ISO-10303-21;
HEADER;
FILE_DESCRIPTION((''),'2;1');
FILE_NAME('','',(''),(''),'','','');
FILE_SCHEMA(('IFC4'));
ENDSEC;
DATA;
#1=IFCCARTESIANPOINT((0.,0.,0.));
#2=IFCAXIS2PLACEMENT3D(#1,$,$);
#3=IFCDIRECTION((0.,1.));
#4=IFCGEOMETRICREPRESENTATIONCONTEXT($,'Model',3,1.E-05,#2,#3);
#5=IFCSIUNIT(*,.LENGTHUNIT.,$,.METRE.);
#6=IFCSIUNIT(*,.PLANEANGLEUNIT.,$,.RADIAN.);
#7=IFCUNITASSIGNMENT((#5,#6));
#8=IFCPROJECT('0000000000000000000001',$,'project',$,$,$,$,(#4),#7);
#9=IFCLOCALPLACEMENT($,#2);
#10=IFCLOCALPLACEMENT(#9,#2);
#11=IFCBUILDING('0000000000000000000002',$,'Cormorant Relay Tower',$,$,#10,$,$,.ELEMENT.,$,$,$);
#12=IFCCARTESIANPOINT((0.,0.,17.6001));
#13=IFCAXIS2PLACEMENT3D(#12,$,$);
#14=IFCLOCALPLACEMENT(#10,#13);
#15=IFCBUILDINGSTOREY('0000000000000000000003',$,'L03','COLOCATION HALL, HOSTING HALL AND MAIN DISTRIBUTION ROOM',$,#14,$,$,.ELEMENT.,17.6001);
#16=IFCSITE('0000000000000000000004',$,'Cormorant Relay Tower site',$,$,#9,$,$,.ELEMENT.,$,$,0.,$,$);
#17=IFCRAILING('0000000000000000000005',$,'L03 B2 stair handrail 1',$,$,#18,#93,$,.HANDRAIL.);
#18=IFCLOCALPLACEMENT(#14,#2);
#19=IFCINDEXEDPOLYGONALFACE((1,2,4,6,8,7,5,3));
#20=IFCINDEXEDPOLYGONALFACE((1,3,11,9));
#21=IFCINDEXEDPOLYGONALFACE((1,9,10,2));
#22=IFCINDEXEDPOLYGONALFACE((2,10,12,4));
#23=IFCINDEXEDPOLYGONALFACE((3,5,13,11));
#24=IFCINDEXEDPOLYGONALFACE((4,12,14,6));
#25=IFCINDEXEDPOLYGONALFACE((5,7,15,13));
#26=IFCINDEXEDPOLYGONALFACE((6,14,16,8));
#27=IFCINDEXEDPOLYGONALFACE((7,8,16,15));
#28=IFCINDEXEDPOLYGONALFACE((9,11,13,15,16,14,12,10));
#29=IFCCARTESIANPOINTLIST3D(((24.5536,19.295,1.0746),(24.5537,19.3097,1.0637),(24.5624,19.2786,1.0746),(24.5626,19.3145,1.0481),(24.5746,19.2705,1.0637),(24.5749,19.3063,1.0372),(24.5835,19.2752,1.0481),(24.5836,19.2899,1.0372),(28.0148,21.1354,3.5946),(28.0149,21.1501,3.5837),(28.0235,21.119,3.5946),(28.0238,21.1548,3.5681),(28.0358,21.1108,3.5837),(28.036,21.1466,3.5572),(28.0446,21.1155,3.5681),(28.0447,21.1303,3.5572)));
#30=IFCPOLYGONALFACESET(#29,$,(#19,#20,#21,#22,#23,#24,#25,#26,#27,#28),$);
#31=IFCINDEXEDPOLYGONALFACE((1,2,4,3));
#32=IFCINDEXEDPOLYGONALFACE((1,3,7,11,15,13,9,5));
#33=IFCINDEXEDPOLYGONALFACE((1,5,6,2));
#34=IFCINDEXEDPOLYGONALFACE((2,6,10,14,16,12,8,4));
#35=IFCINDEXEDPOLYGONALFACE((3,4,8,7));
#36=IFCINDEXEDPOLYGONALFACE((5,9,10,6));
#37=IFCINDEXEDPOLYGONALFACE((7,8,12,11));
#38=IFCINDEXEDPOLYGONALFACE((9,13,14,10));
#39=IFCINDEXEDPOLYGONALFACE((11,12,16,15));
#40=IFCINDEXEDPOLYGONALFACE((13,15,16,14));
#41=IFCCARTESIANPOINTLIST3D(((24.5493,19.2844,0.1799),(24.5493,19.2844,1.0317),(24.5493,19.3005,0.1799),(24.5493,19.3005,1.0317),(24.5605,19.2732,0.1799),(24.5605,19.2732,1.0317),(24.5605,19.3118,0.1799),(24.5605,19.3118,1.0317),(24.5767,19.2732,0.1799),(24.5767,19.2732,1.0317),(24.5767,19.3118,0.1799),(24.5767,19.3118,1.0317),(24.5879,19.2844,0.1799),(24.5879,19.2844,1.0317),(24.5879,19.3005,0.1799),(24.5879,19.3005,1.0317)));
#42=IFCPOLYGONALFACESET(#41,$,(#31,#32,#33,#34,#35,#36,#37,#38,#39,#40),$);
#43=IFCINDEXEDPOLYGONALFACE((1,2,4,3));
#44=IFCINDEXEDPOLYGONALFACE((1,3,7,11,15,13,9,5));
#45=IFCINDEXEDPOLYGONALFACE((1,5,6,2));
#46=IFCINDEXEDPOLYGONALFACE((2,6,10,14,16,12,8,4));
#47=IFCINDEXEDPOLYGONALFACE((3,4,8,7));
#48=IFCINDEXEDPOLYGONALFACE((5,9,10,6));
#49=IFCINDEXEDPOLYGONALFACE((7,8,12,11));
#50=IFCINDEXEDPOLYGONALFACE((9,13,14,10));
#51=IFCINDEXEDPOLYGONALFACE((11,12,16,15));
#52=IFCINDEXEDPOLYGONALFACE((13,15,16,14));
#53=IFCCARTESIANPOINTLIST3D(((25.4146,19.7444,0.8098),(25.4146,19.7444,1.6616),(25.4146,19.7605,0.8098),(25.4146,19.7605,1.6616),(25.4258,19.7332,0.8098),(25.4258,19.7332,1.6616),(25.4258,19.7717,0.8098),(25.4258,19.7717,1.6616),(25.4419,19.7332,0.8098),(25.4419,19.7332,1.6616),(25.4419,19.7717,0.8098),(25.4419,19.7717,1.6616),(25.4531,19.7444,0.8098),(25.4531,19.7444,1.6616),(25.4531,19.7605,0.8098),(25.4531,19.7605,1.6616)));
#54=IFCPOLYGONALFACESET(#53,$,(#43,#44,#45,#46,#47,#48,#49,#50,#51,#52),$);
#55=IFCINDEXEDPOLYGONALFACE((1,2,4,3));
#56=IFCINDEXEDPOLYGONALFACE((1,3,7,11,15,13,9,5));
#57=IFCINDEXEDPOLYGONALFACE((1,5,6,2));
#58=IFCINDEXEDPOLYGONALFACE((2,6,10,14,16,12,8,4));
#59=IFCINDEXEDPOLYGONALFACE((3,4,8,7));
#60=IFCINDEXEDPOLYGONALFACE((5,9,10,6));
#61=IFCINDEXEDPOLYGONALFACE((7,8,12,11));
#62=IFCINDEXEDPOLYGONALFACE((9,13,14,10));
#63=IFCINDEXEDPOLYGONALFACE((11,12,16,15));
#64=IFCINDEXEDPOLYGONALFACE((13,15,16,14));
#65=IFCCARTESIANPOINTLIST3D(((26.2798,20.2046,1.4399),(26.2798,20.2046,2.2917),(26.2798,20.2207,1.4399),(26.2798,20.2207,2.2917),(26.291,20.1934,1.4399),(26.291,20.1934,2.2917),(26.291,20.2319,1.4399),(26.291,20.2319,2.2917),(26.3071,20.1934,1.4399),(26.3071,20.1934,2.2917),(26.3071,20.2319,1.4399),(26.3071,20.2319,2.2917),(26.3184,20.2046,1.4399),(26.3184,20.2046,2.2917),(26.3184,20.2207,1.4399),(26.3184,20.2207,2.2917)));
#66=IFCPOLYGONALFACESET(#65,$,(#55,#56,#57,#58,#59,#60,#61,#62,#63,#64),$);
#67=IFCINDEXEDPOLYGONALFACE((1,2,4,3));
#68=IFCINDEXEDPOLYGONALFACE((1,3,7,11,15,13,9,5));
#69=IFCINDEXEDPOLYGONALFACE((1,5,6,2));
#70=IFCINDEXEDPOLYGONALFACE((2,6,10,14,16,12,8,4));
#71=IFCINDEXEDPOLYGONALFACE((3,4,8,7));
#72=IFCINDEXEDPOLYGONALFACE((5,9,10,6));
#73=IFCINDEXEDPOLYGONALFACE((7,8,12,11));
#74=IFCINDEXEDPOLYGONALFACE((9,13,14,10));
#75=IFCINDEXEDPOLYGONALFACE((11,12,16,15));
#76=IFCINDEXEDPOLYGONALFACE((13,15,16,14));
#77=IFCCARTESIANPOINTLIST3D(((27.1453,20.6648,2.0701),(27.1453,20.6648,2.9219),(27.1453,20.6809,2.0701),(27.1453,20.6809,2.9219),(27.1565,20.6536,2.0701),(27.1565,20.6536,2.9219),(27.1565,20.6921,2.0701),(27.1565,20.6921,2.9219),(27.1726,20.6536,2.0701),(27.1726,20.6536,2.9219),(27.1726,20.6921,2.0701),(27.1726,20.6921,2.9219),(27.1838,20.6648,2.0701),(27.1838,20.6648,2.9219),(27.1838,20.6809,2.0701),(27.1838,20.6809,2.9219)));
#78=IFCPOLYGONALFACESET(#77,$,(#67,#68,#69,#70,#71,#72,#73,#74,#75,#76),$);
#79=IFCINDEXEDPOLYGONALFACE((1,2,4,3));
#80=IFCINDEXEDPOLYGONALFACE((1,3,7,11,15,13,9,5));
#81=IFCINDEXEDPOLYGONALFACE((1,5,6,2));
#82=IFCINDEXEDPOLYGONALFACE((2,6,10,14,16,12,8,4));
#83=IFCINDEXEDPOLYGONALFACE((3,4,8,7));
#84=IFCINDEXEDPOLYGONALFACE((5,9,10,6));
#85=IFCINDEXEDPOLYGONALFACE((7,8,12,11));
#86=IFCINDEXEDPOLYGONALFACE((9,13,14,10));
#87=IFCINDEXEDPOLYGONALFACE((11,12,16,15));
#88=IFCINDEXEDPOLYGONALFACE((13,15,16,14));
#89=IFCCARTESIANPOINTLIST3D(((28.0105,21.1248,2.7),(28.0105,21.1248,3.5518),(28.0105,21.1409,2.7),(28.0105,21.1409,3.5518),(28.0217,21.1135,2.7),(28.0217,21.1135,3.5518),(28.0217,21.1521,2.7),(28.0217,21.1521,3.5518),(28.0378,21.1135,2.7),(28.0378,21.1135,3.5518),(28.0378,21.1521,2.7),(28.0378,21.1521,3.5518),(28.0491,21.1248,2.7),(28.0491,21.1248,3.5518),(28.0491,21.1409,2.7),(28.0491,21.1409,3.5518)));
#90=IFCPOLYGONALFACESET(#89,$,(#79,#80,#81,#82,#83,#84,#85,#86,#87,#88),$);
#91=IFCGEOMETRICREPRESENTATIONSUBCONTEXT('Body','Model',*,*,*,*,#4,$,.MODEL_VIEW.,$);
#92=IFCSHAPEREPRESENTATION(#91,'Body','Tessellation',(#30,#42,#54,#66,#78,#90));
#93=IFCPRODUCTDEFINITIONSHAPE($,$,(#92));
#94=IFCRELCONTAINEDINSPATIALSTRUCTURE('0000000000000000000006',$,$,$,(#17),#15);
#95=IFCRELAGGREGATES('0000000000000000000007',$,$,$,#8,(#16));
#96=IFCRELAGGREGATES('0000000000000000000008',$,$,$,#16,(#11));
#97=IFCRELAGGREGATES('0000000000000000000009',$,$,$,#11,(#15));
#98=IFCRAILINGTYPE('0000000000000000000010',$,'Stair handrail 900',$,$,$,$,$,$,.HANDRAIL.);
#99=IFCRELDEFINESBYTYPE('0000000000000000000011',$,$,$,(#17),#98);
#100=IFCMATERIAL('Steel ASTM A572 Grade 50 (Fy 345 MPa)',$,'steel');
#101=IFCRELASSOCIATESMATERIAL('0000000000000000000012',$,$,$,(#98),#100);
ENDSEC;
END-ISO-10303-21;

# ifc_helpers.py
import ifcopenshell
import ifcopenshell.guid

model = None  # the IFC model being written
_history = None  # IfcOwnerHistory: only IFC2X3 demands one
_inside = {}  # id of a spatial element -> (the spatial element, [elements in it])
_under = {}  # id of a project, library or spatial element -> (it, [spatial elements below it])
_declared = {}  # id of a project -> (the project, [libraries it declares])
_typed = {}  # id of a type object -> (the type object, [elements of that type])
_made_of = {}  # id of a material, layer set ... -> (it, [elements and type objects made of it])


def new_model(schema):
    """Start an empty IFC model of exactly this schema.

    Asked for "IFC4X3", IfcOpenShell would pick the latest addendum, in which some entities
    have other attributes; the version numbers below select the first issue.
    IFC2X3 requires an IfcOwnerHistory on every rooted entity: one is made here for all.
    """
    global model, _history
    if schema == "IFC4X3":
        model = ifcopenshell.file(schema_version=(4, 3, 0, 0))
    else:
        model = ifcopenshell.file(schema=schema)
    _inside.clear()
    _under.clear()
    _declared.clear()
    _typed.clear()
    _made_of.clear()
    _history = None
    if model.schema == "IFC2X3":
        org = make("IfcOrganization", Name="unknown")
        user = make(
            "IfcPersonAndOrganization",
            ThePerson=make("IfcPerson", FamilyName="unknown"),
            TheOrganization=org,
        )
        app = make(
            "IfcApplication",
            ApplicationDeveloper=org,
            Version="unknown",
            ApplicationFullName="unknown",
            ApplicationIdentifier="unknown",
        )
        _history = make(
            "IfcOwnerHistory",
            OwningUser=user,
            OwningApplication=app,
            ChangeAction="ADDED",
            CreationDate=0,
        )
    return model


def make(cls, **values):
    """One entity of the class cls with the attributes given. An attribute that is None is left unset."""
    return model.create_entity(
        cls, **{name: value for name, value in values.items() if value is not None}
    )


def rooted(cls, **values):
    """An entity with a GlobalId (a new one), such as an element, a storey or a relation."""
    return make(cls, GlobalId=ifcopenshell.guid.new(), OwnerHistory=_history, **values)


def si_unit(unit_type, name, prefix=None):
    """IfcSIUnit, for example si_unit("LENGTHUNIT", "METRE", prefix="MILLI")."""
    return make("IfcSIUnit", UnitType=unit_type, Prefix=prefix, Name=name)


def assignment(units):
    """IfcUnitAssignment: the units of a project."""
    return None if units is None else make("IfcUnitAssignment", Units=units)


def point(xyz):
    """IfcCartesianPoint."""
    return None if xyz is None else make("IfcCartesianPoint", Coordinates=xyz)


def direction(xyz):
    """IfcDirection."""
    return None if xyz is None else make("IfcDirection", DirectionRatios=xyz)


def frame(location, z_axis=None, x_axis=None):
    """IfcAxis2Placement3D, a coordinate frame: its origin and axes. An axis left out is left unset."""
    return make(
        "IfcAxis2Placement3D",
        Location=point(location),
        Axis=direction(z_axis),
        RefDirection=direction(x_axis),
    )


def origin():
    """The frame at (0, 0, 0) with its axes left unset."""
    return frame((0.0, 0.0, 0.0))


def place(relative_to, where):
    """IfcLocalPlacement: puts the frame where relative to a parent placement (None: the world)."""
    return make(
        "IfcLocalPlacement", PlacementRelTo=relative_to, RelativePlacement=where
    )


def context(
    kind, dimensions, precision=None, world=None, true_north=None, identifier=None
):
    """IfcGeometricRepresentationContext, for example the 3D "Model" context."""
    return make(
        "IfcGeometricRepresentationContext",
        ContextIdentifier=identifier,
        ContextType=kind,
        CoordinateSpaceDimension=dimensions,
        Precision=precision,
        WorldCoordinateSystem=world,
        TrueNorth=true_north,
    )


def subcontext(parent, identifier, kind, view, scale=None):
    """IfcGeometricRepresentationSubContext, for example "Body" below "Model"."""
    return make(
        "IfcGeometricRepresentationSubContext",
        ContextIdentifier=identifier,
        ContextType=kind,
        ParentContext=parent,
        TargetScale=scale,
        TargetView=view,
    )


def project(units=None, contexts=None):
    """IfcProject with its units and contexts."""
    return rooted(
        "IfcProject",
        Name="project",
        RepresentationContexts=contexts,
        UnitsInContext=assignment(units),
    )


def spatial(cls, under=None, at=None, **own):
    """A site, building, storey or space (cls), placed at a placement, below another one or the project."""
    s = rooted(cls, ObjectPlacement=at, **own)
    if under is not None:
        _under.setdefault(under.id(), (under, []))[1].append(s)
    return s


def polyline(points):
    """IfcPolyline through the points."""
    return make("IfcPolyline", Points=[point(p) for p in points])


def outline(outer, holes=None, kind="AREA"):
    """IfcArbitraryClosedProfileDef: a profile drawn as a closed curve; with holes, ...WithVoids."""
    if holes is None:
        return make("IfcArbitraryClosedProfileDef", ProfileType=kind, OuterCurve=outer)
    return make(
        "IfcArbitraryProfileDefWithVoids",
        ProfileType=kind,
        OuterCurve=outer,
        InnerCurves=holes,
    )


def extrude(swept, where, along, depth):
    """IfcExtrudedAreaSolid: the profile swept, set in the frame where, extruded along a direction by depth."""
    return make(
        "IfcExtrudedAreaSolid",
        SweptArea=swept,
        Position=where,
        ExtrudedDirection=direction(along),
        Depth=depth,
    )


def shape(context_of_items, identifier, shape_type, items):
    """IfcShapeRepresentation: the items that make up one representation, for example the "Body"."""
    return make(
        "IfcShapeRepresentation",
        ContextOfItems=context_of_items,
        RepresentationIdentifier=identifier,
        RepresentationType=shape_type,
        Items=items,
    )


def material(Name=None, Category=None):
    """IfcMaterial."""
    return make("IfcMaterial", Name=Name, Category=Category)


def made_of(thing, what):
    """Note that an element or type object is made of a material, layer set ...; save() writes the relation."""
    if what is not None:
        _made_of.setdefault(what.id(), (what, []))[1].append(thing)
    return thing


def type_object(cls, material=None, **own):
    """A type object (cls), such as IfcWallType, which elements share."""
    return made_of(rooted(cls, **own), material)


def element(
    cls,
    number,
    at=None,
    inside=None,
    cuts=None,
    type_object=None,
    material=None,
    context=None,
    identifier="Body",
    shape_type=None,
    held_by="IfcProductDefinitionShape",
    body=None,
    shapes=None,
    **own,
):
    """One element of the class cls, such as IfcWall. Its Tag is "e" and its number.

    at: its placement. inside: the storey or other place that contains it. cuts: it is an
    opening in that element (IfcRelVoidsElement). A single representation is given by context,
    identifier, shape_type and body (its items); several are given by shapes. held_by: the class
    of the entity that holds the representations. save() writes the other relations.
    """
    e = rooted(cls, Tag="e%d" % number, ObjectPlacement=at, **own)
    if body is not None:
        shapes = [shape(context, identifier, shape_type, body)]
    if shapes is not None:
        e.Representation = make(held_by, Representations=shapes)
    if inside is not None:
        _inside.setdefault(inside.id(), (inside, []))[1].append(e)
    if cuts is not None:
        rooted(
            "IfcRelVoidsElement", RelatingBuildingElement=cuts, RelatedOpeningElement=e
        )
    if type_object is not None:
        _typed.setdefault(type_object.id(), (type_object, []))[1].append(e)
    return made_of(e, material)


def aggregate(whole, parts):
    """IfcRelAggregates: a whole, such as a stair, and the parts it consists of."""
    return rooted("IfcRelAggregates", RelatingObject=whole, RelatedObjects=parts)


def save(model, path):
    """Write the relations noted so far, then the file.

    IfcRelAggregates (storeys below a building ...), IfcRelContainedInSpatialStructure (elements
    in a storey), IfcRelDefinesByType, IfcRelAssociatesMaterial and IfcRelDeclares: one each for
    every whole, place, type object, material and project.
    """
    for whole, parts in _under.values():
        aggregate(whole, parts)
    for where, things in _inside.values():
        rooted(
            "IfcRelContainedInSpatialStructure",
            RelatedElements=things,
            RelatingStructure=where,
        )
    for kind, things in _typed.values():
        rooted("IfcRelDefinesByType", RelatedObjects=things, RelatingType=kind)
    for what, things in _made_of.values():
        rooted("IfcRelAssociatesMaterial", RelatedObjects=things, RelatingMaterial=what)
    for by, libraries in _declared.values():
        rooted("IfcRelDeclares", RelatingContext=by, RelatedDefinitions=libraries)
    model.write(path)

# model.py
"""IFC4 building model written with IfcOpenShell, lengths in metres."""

from ifc_helpers import new_model, si_unit, direction, frame, origin, place, context, subcontext, project, spatial, polyline, outline, extrude, material, type_object, element, save


model = new_model("IFC4")

# Units and contexts
model_context = context("Model", 3, precision=1e-05, world=origin(), true_north=direction((0.0, 1.0)))
body_context = subcontext(model_context, "Body", "Model", "MODEL_VIEW")
ifc_project = project(units=[si_unit("LENGTHUNIT", "METRE"), si_unit("PLANEANGLEUNIT", "RADIAN")], contexts=[model_context])

# Site, building, storey
site_placement = place(None, origin())
site = spatial("IfcSite", under=ifc_project, at=site_placement, Name="Cormorant Relay Tower site", CompositionType="ELEMENT", RefElevation=0.0)
building_placement = place(site_placement, origin())
building = spatial("IfcBuilding", under=site, at=building_placement, Name="Cormorant Relay Tower", CompositionType="ELEMENT")
storey_placement = place(building_placement, frame((0.0, 0.0, 17.6001)))
storey = spatial("IfcBuildingStorey", under=building, at=storey_placement, Name="L03", Description="COLOCATION HALL, HOSTING HALL AND MAIN DISTRIBUTION ROOM", CompositionType="ELEMENT", Elevation=17.6001)

# Railing
ifc_material_1 = material(Name="Steel ASTM A572 Grade 50 (Fy 345 MPa)", Category="steel")
railing_type_1 = type_object("IfcRailingType", Name="Stair handrail 900", PredefinedType="HANDRAIL", material=ifc_material_1)
railing_1_placement = place(storey_placement, frame((24.5686, 19.2925, 0.1799)))
element("IfcRailing", 1, at=railing_1_placement, inside=storey, type_object=railing_type_1, Name="L03 B2 stair handrail 1", PredefinedType="HANDRAIL", context=body_context, shape_type="SweptSolid", body=[
    extrude(outline(polyline([(0.0222, 0.0093), (0.0093, 0.0222), (-0.0093, 0.0222), (-0.0222, 0.0093), (-0.0222, -0.0093), (-0.0093, -0.0222), (0.0093, -0.0222), (0.0222, -0.0093), (0.0222, 0.0093)])), frame((0.0, 0.0, 0.876), z_axis=(0.742717, 0.394907, 0.540758), x_axis=(-0.469469, 0.882949, 0.0)), (0.0, 0.0, 1.0), 4.6602),
    extrude(outline(polyline([(0.0193, 0.0081), (0.0081, 0.0193), (-0.0081, 0.0193), (-0.0193, 0.0081), (-0.0193, -0.0081), (-0.0081, -0.0193), (0.0081, -0.0193), (0.0193, -0.0081), (0.0193, 0.0081)])), origin(), (0.0, 0.0, 1.0), 0.8518),
    extrude(outline(polyline([(0.0193, 0.0081), (0.0081, 0.0193), (-0.0081, 0.0193), (-0.0193, 0.0081), (-0.0193, -0.0081), (-0.0081, -0.0193), (0.0081, -0.0193), (0.0193, -0.0081), (0.0193, 0.0081)])), frame((0.8652, 0.46, 0.6299)), (0.0, 0.0, 1.0), 0.8518),
    extrude(outline(polyline([(0.0193, 0.0081), (0.0081, 0.0193), (-0.0081, 0.0193), (-0.0193, 0.0081), (-0.0193, -0.0081), (-0.0081, -0.0193), (0.0081, -0.0193), (0.0193, -0.0081), (0.0193, 0.0081)])), frame((1.7305, 0.9202, 1.26)), (0.0, 0.0, 1.0), 0.8518),
    extrude(outline(polyline([(0.0193, 0.0081), (0.0081, 0.0193), (-0.0081, 0.0193), (-0.0193, 0.0081), (-0.0193, -0.0081), (-0.0081, -0.0193), (0.0081, -0.0193), (0.0193, -0.0081), (0.0193, 0.0081)])), frame((2.5959, 1.3804, 1.8901)), (0.0, 0.0, 1.0), 0.8518),
    extrude(outline(polyline([(0.0193, 0.0081), (0.0081, 0.0193), (-0.0081, 0.0193), (-0.0193, 0.0081), (-0.0193, -0.0081), (-0.0081, -0.0193), (0.0081, -0.0193), (0.0193, -0.0081), (0.0193, 0.0081)])), frame((3.4612, 1.8403, 2.52)), (0.0, 0.0, 1.0), 0.8518),
])

save(model, "model.ifc")
